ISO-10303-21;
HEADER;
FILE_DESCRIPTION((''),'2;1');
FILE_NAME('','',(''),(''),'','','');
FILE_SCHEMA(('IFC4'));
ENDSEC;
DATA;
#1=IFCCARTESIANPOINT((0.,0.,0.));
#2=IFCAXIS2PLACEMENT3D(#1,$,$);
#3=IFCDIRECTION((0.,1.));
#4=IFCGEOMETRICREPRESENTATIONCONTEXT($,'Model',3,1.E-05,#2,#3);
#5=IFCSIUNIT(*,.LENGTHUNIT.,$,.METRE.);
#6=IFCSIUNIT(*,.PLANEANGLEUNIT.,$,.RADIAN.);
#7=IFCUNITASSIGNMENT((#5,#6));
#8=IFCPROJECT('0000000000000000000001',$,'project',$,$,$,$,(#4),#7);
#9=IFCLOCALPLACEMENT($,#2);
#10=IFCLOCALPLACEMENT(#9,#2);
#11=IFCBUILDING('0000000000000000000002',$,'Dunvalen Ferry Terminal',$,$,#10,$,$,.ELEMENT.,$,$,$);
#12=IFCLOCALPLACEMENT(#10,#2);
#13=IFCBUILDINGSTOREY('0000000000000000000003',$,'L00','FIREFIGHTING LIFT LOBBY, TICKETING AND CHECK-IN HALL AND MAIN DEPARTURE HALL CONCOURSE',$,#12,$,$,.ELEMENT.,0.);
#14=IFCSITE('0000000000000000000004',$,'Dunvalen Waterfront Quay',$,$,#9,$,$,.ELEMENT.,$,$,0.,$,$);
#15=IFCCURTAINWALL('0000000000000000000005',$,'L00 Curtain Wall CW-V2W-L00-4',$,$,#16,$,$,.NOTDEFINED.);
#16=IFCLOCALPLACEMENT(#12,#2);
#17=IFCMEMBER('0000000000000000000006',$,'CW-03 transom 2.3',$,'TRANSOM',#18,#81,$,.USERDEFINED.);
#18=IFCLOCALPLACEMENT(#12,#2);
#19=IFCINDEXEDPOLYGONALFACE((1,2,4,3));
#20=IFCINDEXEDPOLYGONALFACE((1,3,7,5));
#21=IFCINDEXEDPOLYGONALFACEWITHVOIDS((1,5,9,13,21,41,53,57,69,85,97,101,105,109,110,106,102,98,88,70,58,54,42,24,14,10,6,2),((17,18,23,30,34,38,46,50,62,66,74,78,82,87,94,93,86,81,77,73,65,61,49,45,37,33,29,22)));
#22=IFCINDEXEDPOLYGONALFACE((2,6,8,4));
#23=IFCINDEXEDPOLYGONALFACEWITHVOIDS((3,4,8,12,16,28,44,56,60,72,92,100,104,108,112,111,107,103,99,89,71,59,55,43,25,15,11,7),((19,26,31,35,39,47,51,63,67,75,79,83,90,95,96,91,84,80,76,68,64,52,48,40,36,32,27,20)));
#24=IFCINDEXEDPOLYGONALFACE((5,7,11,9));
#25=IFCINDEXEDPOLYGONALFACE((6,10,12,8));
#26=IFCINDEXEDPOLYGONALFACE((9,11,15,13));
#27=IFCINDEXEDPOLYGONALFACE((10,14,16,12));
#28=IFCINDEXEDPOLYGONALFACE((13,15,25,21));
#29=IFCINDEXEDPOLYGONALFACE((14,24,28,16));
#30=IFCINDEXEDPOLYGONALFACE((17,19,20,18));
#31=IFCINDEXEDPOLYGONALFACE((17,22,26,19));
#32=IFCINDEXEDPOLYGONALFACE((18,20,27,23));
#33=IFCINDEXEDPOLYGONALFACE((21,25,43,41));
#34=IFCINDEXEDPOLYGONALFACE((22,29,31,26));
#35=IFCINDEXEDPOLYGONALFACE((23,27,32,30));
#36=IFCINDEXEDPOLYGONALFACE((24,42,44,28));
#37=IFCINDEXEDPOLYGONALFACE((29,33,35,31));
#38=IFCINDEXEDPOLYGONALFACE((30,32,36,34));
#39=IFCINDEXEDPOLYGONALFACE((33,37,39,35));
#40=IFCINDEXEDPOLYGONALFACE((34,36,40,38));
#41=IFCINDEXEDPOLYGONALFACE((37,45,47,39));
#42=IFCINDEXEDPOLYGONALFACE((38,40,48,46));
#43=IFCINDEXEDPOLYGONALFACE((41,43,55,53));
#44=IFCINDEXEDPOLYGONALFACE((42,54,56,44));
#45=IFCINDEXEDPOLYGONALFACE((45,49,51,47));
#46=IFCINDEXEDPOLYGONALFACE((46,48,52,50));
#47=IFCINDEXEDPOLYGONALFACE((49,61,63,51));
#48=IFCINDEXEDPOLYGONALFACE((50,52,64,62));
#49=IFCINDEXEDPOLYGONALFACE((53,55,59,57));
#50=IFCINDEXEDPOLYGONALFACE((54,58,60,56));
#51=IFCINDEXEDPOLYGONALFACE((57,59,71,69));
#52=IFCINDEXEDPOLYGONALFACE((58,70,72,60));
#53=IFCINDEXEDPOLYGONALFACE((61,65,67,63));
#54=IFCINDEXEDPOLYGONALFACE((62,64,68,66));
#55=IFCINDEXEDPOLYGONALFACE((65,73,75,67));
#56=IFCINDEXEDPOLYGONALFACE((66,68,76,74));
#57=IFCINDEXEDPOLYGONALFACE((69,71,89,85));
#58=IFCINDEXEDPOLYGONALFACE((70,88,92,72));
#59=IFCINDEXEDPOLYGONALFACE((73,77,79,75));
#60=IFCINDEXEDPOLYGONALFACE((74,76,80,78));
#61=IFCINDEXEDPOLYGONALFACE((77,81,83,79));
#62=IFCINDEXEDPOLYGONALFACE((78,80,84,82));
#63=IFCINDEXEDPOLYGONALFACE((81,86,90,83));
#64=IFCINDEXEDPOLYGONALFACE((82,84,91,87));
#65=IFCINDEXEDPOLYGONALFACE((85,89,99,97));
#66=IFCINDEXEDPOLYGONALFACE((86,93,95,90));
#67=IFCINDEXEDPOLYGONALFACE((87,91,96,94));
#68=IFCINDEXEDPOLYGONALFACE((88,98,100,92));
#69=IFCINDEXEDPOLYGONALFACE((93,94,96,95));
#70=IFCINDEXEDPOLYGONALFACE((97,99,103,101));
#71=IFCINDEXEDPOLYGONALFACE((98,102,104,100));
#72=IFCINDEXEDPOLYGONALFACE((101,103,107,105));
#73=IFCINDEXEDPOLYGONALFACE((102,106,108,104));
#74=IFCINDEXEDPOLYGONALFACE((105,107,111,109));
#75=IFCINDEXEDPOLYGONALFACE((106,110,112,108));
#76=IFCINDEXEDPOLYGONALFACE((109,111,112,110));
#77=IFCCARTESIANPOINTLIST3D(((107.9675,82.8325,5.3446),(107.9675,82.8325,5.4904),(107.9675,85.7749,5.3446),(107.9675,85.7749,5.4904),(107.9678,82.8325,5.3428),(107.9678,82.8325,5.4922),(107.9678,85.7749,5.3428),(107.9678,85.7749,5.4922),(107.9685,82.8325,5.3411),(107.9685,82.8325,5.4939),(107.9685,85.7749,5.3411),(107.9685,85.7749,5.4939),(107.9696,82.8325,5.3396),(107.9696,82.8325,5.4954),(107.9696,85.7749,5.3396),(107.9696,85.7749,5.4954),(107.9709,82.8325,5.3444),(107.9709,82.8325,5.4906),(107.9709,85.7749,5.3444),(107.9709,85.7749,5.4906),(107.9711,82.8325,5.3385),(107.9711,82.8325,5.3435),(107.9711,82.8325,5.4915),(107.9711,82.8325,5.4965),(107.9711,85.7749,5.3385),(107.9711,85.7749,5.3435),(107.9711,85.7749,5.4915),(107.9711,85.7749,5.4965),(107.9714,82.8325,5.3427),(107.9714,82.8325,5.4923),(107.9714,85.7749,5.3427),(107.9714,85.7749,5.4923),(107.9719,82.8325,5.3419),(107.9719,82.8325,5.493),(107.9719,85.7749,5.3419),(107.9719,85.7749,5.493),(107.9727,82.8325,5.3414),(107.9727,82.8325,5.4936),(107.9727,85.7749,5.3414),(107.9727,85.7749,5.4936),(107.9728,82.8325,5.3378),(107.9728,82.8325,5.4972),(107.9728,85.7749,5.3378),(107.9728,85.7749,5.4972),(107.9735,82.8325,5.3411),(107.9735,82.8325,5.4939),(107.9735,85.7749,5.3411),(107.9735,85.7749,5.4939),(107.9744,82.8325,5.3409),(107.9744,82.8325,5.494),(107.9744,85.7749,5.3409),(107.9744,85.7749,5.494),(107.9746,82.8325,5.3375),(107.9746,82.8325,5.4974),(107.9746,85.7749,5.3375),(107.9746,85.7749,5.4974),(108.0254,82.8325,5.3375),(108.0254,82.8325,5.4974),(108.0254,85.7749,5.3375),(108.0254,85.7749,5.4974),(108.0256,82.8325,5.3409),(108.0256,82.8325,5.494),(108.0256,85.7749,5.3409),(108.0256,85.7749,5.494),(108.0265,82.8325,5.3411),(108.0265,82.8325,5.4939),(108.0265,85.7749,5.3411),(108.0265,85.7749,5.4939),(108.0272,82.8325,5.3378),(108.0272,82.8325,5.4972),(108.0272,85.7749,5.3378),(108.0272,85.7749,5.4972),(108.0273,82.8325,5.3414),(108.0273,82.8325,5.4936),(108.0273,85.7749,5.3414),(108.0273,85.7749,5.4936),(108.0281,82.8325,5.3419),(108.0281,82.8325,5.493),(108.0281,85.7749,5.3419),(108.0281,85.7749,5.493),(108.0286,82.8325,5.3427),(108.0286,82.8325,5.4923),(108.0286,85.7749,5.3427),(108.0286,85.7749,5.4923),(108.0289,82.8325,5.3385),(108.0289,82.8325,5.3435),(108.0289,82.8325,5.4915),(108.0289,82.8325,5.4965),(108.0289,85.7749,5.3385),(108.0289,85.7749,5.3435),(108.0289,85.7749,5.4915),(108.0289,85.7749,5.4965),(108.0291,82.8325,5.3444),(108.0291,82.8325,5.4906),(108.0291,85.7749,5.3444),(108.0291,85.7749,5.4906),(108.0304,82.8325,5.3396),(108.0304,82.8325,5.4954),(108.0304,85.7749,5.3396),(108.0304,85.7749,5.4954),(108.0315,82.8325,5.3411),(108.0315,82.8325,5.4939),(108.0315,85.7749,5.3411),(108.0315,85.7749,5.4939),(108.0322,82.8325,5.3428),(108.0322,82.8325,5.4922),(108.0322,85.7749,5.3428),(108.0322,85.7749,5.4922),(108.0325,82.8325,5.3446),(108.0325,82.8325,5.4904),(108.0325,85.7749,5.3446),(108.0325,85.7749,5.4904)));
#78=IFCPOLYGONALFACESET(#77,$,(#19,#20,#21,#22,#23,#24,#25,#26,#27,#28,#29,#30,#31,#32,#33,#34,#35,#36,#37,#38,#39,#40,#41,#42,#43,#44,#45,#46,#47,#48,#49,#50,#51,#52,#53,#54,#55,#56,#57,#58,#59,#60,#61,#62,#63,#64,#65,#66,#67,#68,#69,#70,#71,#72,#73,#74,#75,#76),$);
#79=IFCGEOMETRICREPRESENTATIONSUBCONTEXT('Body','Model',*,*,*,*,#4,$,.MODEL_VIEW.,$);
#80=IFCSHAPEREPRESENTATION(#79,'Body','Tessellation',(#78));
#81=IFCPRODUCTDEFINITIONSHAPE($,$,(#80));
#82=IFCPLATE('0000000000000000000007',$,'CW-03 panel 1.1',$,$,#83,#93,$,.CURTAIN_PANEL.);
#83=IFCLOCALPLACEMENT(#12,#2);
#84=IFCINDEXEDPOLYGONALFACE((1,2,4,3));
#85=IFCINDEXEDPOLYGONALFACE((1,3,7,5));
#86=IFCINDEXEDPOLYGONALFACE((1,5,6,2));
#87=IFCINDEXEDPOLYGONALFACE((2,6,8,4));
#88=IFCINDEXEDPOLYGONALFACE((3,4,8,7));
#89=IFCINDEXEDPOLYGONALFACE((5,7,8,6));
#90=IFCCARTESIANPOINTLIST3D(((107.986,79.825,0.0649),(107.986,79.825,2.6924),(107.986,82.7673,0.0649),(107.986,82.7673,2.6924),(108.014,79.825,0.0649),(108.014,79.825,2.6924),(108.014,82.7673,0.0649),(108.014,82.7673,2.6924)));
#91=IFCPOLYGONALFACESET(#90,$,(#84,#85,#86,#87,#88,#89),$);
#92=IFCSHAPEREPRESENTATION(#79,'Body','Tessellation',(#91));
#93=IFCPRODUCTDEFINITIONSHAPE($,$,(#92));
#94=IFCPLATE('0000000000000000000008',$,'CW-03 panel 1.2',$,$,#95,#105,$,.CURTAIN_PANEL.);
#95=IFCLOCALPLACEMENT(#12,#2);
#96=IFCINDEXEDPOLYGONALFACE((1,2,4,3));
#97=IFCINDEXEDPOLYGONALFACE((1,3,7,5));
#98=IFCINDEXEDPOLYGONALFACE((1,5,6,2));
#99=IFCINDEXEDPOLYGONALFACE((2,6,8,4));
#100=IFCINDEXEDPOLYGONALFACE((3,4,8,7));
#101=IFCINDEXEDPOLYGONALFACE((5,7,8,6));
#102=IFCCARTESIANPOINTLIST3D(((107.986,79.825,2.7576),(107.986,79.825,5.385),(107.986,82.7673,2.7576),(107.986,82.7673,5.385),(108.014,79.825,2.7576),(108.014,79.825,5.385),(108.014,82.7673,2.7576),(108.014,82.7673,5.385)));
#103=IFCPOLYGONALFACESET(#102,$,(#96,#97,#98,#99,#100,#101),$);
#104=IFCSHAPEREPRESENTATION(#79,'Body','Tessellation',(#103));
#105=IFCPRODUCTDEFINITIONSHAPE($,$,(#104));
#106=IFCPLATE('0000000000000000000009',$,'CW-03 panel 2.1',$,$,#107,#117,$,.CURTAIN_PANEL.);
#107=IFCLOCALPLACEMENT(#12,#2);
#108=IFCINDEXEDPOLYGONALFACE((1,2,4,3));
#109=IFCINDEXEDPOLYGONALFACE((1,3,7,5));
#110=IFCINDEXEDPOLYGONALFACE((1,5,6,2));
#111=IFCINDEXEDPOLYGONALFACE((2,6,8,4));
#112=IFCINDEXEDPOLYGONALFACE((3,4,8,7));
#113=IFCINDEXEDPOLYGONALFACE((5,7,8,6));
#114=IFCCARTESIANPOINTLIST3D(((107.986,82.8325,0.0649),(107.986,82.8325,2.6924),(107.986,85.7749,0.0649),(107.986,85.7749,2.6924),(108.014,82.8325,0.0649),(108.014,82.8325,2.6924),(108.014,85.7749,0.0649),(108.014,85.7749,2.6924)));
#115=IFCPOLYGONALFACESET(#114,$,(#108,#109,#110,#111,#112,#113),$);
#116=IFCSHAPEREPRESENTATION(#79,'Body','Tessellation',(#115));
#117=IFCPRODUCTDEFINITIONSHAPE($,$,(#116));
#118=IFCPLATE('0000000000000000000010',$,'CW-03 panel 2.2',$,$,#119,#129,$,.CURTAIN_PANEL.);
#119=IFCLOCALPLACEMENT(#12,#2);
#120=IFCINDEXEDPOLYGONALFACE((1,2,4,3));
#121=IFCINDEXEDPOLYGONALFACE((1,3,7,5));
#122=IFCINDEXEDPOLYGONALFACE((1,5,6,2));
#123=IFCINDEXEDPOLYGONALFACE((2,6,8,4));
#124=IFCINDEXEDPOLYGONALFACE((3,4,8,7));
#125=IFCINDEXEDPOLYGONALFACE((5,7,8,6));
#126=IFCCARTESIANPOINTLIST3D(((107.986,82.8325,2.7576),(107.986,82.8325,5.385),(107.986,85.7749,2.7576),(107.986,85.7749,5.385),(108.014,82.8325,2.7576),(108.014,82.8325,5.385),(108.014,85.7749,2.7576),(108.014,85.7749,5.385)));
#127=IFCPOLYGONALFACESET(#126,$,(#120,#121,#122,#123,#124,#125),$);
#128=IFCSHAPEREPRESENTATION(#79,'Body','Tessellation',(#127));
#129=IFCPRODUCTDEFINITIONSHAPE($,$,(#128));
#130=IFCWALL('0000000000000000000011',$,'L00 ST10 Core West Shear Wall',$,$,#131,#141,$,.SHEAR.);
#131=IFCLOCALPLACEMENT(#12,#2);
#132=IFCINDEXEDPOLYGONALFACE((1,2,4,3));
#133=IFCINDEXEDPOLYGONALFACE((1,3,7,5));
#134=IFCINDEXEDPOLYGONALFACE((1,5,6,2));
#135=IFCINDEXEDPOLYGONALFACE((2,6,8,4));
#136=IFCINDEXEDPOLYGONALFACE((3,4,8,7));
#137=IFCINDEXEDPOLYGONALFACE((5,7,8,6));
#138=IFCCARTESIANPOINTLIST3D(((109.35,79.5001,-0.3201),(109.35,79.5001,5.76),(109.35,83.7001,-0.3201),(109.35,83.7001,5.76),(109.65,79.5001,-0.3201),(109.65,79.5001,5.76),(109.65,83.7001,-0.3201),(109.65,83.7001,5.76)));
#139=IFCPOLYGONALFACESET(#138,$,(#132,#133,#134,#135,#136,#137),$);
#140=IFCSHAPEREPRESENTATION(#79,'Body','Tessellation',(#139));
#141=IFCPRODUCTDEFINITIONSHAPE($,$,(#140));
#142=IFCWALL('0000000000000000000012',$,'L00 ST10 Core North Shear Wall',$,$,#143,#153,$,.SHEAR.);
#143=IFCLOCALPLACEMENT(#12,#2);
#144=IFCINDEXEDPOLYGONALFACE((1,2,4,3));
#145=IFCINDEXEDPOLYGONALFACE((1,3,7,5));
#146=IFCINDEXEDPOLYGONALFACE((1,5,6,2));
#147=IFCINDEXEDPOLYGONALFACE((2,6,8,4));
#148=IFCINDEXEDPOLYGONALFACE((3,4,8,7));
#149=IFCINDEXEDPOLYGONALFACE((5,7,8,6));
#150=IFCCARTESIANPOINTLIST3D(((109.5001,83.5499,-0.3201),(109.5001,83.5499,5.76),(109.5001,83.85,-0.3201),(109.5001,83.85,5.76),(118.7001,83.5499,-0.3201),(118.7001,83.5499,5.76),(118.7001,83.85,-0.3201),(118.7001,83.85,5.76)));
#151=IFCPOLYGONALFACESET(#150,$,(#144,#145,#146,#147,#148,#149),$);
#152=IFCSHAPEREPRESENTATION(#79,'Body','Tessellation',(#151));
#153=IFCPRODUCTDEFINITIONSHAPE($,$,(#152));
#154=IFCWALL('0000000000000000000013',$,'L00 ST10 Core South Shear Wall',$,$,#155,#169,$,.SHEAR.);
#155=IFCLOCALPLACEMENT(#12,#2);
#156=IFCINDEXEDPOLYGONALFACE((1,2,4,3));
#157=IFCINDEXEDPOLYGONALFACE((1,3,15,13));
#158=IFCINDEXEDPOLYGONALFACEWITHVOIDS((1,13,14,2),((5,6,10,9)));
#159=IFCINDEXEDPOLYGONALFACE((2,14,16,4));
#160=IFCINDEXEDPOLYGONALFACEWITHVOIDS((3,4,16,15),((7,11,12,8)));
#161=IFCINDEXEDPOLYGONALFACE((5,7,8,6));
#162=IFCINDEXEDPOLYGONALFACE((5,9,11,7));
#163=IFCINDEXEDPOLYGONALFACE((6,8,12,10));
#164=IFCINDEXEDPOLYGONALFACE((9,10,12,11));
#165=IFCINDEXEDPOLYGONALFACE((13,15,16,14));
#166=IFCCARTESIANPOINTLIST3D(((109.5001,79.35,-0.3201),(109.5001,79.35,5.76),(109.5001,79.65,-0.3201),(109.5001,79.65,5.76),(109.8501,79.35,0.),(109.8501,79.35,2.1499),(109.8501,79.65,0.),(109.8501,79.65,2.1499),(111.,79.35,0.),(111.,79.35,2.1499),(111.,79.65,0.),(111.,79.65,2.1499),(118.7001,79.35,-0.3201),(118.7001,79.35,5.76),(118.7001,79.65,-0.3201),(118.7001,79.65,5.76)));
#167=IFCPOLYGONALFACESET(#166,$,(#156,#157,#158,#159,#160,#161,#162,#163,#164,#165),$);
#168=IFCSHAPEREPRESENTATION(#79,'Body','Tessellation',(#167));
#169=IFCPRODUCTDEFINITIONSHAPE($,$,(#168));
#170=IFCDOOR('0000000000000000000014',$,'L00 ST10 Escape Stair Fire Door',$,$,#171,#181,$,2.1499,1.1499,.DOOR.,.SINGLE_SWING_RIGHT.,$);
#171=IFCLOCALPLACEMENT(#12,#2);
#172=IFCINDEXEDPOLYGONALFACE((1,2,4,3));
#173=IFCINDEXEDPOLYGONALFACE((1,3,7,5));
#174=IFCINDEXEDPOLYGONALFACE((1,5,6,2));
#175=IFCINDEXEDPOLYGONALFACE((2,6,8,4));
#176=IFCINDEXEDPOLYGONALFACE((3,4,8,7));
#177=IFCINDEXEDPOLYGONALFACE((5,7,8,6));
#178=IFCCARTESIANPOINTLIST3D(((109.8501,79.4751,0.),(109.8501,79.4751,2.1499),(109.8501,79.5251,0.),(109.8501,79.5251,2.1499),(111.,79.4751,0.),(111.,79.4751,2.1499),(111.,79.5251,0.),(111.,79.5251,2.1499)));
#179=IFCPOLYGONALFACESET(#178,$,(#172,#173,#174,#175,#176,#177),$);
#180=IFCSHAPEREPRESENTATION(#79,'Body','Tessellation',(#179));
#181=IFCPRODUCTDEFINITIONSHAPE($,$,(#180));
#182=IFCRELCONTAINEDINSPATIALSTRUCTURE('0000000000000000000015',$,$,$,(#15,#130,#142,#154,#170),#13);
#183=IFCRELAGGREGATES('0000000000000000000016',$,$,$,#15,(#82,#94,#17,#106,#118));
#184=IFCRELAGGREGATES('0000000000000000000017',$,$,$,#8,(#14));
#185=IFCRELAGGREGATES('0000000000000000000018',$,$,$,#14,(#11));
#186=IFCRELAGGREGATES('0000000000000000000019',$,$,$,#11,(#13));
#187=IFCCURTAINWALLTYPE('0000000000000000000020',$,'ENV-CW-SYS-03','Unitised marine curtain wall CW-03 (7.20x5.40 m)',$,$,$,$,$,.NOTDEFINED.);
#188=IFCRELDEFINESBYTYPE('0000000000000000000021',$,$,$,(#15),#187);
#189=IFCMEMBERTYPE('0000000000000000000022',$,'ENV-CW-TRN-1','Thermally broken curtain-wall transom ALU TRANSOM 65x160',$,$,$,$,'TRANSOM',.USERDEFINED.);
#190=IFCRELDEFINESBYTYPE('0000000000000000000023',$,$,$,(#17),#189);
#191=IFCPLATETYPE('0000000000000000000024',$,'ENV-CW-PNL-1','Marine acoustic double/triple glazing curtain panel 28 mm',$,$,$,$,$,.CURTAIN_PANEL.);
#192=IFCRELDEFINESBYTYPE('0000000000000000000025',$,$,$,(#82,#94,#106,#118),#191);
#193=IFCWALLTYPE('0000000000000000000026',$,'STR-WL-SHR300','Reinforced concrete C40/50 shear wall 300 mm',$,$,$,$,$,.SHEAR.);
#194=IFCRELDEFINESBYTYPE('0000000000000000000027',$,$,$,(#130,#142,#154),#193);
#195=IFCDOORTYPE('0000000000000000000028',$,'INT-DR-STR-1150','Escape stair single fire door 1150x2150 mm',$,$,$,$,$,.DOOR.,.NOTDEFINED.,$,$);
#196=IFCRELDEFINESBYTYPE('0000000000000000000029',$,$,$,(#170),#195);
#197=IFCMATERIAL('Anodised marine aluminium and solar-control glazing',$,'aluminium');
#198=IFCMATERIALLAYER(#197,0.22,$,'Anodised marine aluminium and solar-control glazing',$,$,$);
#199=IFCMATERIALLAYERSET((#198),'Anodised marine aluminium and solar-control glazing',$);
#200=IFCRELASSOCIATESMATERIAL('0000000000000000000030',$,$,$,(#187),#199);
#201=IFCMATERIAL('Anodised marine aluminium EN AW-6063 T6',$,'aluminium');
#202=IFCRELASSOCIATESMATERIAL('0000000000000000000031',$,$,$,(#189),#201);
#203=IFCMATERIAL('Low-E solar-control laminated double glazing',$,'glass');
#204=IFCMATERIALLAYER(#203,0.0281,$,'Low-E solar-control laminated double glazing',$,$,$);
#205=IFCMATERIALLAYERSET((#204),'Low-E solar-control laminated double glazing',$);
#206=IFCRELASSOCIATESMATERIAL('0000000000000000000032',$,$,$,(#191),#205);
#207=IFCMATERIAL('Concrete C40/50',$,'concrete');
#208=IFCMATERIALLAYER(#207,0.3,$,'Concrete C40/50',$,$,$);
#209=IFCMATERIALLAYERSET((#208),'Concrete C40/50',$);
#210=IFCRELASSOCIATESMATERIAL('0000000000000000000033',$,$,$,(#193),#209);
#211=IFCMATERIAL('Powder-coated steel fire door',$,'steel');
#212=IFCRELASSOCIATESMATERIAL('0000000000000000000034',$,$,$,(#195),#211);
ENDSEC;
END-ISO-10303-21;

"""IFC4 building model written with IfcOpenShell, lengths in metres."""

from ifc_helpers import new_model, si_unit, direction, frame, frame_2d, origin, origin_2d, place, context, subcontext, project, spatial, rectangle, hollow_rectangle, extrude, material, layer, layer_set, material_profile, profile_set, type_object, element, fill, aggregate, save


model = new_model("IFC4")

# Units and contexts
model_context = context("Model", 3, precision=1e-05, world=origin(), true_north=direction((0.0, 1.0)))
body_context = subcontext(model_context, "Body", "Model", "MODEL_VIEW")
ifc_project = project(units=[si_unit("LENGTHUNIT", "METRE"), si_unit("PLANEANGLEUNIT", "RADIAN")], contexts=[model_context])

# Site, building, storey
site_placement = place(None, origin())
site = spatial("IfcSite", under=ifc_project, at=site_placement, Name="Dunvalen Waterfront Quay", CompositionType="ELEMENT", RefElevation=0.0)
building_placement = place(site_placement, origin())
building = spatial("IfcBuilding", under=site, at=building_placement, Name="Dunvalen Ferry Terminal", CompositionType="ELEMENT")
storey_placement = place(building_placement, origin())
storey = spatial("IfcBuildingStorey", under=building, at=storey_placement, Name="L00", Description="FIREFIGHTING LIFT LOBBY, TICKETING AND CHECK-IN HALL AND MAIN DEPARTURE HALL CONCOURSE", CompositionType="ELEMENT", Elevation=0.0)

# Shared definitions
ifc_material_1 = material(Name="Concrete C40/50", Category="concrete")

# Curtain wall, member, plates
ifc_material_2 = material(Name="Anodised marine aluminium and solar-control glazing", Category="aluminium")
ifc_layer_1 = layer(ifc_material_2, 0.22, Name="Anodised marine aluminium and solar-control glazing")
ifc_layer_set_1 = layer_set([ifc_layer_1], Name="Anodised marine aluminium and solar-control glazing")
curtain_wall_type = type_object("IfcCurtainWallType", Name="ENV-CW-SYS-03", Description="Unitised marine curtain wall CW-03 (7.20x5.40 m)", PredefinedType="NOTDEFINED", material=ifc_layer_set_1)
curtain_wall_placement = place(storey_placement, origin())
curtain_wall = element("IfcCurtainWall", 1, at=curtain_wall_placement, inside=storey, type_object=curtain_wall_type, Name="L00 Curtain Wall CW-V2W-L00-4", PredefinedType="NOTDEFINED")
ifc_material_3 = material(Name="Anodised marine aluminium EN AW-6063 T6", Category="aluminium")
ifc_material_profile_1 = material_profile(ifc_material_3, hollow_rectangle(XDim=0.0649, YDim=0.1599, WallThickness=0.0034, InnerFilletRadius=0.0034, OuterFilletRadius=0.0071, at=origin_2d()), Name="Anodised marine aluminium EN AW-6063 T6")
ifc_profile_set_1 = profile_set([ifc_material_profile_1], Name="Anodised marine aluminium EN AW-6063 T6")
member_type_1 = type_object("IfcMemberType", Name="ENV-CW-TRN-1", Description="Thermally broken curtain-wall transom ALU TRANSOM 65x160", ElementType="TRANSOM", PredefinedType="USERDEFINED", material=ifc_profile_set_1)
member_1_placement = place(storey_placement, frame((108.0, 82.8325, 5.4175), z_axis=(0.0, 1.0, 0.0), x_axis=(-1.0, 0.0, 0.0)))
member_1 = element("IfcMember", 2, at=member_1_placement, type_object=member_type_1, Name="CW-03 transom 2.3", ObjectType="TRANSOM", PredefinedType="USERDEFINED", context=body_context, shape_type="SweptSolid", body=[
    extrude(hollow_rectangle(XDim=0.0649, YDim=0.1599, WallThickness=0.0034, InnerFilletRadius=0.0034, OuterFilletRadius=0.0071, at=origin_2d()), origin(), (0.0, 0.0, 1.0), 2.9424),
])
ifc_material_4 = material(Name="Low-E solar-control laminated double glazing", Category="glass")
ifc_layer_2 = layer(ifc_material_4, 0.0281, Name="Low-E solar-control laminated double glazing")
ifc_layer_set_2 = layer_set([ifc_layer_2], Name="Low-E solar-control laminated double glazing")
plate_type = type_object("IfcPlateType", Name="ENV-CW-PNL-1", Description="Marine acoustic double/triple glazing curtain panel 28 mm", PredefinedType="CURTAIN_PANEL", material=ifc_layer_set_2)
plate_1_placement = place(storey_placement, frame((108.0, 81.2961, 0.0649), z_axis=(0.0, 0.0, 1.0), x_axis=(0.0, 1.0, 0.0)))
plate_1 = element("IfcPlate", 3, at=plate_1_placement, type_object=plate_type, Name="CW-03 panel 1.1", PredefinedType="CURTAIN_PANEL", context=body_context, shape_type="SweptSolid", body=[
    extrude(rectangle(XDim=2.9424, YDim=0.0281, at=origin_2d()), origin(), (0.0, 0.0, 1.0), 2.6274),
])
plate_2_placement = place(storey_placement, frame((108.0, 81.2961, 2.7576), z_axis=(0.0, 0.0, 1.0), x_axis=(0.0, 1.0, 0.0)))
plate_2 = element("IfcPlate", 4, at=plate_2_placement, type_object=plate_type, Name="CW-03 panel 1.2", PredefinedType="CURTAIN_PANEL", context=body_context, shape_type="SweptSolid", body=[
    extrude(rectangle(XDim=2.9424, YDim=0.0281, at=origin_2d()), origin(), (0.0, 0.0, 1.0), 2.6274),
])
plate_3_placement = place(storey_placement, frame((108.0, 84.3037, 0.0649), z_axis=(0.0, 0.0, 1.0), x_axis=(0.0, 1.0, 0.0)))
plate_3 = element("IfcPlate", 5, at=plate_3_placement, type_object=plate_type, Name="CW-03 panel 2.1", PredefinedType="CURTAIN_PANEL", context=body_context, shape_type="SweptSolid", body=[
    extrude(rectangle(XDim=2.9424, YDim=0.0281, at=origin_2d()), origin(), (0.0, 0.0, 1.0), 2.6274),
])
plate_4_placement = place(storey_placement, frame((108.0, 84.3037, 2.7576), z_axis=(0.0, 0.0, 1.0), x_axis=(0.0, 1.0, 0.0)))
plate_4 = element("IfcPlate", 6, at=plate_4_placement, type_object=plate_type, Name="CW-03 panel 2.2", PredefinedType="CURTAIN_PANEL", context=body_context, shape_type="SweptSolid", body=[
    extrude(rectangle(XDim=2.9424, YDim=0.0281, at=origin_2d()), origin(), (0.0, 0.0, 1.0), 2.6274),
])
aggregate(curtain_wall, [plate_1, plate_2, member_1, plate_3, plate_4])

# Walls
ifc_layer_3 = layer(ifc_material_1, 0.3, Name="Concrete C40/50")
ifc_layer_set_3 = layer_set([ifc_layer_3], Name="Concrete C40/50")
wall_type = type_object("IfcWallType", Name="STR-WL-SHR300", Description="Reinforced concrete C40/50 shear wall 300 mm", PredefinedType="SHEAR", material=ifc_layer_set_3)
wall_1_placement = place(storey_placement, frame((109.5, 79.5, -0.3201), z_axis=(0.0, 0.0, 1.0), x_axis=(0.0, 1.0, 0.0)))
element("IfcWall", 7, at=wall_1_placement, inside=storey, type_object=wall_type, Name="L00 ST10 Core West Shear Wall", PredefinedType="SHEAR", context=body_context, shape_type="SweptSolid", body=[
    extrude(rectangle(XDim=4.2, YDim=0.3, at=frame_2d((2.1001, 0.0))), origin(), (0.0, 0.0, 1.0), 6.0801),
])
wall_2_placement = place(storey_placement, frame((109.5, 83.7, -0.3201), z_axis=(0.0, 0.0, 1.0), x_axis=(1.0, 0.0, 0.0)))
element("IfcWall", 8, at=wall_2_placement, inside=storey, type_object=wall_type, Name="L00 ST10 Core North Shear Wall", PredefinedType="SHEAR", context=body_context, shape_type="SweptSolid", body=[
    extrude(rectangle(XDim=9.2, YDim=0.3, at=frame_2d((4.6001, 0.0))), origin(), (0.0, 0.0, 1.0), 6.0801),
])

# Wall, opening, door
wall_3_placement = place(storey_placement, frame((109.5, 79.5, -0.3201), z_axis=(0.0, 0.0, 1.0), x_axis=(1.0, 0.0, 0.0)))
wall_3 = element("IfcWall", 9, at=wall_3_placement, inside=storey, type_object=wall_type, Name="L00 ST10 Core South Shear Wall", PredefinedType="SHEAR", context=body_context, shape_type="SweptSolid", body=[
    extrude(rectangle(XDim=9.2, YDim=0.3, at=frame_2d((4.6001, 0.0))), origin(), (0.0, 0.0, 1.0), 6.0801),
])
opening_placement = place(wall_3_placement, frame((0.3501, 0.0, 0.3201)))
opening = element("IfcOpeningElement", 10, at=opening_placement, cuts=wall_3, PredefinedType="OPENING", context=body_context, shape_type="SweptSolid", body=[
    extrude(rectangle(XDim=1.1499, YDim=2.1499, at=frame_2d((0.575, 1.075))), frame((0.0, 0.1602, 0.0), z_axis=(0.0, -1.0, 0.0), x_axis=(1.0, 0.0, 0.0)), (0.0, 0.0, 1.0), 0.3201),
])
ifc_material_5 = material(Name="Powder-coated steel fire door", Category="steel")
door_type = type_object("IfcDoorType", Name="INT-DR-STR-1150", Description="Escape stair single fire door 1150x2150 mm", OperationType="NOTDEFINED", PredefinedType="DOOR", material=ifc_material_5)
door_placement = place(opening_placement, frame((1.1499, 0.0, 0.0), z_axis=(0.0, 0.0, 1.0), x_axis=(-1.0, 0.0, 0.0)))
door = element("IfcDoor", 11, at=door_placement, inside=storey, type_object=door_type, Name="L00 ST10 Escape Stair Fire Door", OperationType="SINGLE_SWING_RIGHT", OverallHeight=2.1499, OverallWidth=1.1499, PredefinedType="DOOR", context=body_context, shape_type="SweptSolid", body=[
    extrude(rectangle(XDim=1.1499, YDim=2.1499, at=frame_2d((0.575, 1.075))), frame((0.0, 0.0249, 0.0), z_axis=(0.0, -1.0, 0.0), x_axis=(1.0, 0.0, 0.0)), (0.0, 0.0, 1.0), 0.05),
])
fill(opening, door)

save(model, "model.ifc")
